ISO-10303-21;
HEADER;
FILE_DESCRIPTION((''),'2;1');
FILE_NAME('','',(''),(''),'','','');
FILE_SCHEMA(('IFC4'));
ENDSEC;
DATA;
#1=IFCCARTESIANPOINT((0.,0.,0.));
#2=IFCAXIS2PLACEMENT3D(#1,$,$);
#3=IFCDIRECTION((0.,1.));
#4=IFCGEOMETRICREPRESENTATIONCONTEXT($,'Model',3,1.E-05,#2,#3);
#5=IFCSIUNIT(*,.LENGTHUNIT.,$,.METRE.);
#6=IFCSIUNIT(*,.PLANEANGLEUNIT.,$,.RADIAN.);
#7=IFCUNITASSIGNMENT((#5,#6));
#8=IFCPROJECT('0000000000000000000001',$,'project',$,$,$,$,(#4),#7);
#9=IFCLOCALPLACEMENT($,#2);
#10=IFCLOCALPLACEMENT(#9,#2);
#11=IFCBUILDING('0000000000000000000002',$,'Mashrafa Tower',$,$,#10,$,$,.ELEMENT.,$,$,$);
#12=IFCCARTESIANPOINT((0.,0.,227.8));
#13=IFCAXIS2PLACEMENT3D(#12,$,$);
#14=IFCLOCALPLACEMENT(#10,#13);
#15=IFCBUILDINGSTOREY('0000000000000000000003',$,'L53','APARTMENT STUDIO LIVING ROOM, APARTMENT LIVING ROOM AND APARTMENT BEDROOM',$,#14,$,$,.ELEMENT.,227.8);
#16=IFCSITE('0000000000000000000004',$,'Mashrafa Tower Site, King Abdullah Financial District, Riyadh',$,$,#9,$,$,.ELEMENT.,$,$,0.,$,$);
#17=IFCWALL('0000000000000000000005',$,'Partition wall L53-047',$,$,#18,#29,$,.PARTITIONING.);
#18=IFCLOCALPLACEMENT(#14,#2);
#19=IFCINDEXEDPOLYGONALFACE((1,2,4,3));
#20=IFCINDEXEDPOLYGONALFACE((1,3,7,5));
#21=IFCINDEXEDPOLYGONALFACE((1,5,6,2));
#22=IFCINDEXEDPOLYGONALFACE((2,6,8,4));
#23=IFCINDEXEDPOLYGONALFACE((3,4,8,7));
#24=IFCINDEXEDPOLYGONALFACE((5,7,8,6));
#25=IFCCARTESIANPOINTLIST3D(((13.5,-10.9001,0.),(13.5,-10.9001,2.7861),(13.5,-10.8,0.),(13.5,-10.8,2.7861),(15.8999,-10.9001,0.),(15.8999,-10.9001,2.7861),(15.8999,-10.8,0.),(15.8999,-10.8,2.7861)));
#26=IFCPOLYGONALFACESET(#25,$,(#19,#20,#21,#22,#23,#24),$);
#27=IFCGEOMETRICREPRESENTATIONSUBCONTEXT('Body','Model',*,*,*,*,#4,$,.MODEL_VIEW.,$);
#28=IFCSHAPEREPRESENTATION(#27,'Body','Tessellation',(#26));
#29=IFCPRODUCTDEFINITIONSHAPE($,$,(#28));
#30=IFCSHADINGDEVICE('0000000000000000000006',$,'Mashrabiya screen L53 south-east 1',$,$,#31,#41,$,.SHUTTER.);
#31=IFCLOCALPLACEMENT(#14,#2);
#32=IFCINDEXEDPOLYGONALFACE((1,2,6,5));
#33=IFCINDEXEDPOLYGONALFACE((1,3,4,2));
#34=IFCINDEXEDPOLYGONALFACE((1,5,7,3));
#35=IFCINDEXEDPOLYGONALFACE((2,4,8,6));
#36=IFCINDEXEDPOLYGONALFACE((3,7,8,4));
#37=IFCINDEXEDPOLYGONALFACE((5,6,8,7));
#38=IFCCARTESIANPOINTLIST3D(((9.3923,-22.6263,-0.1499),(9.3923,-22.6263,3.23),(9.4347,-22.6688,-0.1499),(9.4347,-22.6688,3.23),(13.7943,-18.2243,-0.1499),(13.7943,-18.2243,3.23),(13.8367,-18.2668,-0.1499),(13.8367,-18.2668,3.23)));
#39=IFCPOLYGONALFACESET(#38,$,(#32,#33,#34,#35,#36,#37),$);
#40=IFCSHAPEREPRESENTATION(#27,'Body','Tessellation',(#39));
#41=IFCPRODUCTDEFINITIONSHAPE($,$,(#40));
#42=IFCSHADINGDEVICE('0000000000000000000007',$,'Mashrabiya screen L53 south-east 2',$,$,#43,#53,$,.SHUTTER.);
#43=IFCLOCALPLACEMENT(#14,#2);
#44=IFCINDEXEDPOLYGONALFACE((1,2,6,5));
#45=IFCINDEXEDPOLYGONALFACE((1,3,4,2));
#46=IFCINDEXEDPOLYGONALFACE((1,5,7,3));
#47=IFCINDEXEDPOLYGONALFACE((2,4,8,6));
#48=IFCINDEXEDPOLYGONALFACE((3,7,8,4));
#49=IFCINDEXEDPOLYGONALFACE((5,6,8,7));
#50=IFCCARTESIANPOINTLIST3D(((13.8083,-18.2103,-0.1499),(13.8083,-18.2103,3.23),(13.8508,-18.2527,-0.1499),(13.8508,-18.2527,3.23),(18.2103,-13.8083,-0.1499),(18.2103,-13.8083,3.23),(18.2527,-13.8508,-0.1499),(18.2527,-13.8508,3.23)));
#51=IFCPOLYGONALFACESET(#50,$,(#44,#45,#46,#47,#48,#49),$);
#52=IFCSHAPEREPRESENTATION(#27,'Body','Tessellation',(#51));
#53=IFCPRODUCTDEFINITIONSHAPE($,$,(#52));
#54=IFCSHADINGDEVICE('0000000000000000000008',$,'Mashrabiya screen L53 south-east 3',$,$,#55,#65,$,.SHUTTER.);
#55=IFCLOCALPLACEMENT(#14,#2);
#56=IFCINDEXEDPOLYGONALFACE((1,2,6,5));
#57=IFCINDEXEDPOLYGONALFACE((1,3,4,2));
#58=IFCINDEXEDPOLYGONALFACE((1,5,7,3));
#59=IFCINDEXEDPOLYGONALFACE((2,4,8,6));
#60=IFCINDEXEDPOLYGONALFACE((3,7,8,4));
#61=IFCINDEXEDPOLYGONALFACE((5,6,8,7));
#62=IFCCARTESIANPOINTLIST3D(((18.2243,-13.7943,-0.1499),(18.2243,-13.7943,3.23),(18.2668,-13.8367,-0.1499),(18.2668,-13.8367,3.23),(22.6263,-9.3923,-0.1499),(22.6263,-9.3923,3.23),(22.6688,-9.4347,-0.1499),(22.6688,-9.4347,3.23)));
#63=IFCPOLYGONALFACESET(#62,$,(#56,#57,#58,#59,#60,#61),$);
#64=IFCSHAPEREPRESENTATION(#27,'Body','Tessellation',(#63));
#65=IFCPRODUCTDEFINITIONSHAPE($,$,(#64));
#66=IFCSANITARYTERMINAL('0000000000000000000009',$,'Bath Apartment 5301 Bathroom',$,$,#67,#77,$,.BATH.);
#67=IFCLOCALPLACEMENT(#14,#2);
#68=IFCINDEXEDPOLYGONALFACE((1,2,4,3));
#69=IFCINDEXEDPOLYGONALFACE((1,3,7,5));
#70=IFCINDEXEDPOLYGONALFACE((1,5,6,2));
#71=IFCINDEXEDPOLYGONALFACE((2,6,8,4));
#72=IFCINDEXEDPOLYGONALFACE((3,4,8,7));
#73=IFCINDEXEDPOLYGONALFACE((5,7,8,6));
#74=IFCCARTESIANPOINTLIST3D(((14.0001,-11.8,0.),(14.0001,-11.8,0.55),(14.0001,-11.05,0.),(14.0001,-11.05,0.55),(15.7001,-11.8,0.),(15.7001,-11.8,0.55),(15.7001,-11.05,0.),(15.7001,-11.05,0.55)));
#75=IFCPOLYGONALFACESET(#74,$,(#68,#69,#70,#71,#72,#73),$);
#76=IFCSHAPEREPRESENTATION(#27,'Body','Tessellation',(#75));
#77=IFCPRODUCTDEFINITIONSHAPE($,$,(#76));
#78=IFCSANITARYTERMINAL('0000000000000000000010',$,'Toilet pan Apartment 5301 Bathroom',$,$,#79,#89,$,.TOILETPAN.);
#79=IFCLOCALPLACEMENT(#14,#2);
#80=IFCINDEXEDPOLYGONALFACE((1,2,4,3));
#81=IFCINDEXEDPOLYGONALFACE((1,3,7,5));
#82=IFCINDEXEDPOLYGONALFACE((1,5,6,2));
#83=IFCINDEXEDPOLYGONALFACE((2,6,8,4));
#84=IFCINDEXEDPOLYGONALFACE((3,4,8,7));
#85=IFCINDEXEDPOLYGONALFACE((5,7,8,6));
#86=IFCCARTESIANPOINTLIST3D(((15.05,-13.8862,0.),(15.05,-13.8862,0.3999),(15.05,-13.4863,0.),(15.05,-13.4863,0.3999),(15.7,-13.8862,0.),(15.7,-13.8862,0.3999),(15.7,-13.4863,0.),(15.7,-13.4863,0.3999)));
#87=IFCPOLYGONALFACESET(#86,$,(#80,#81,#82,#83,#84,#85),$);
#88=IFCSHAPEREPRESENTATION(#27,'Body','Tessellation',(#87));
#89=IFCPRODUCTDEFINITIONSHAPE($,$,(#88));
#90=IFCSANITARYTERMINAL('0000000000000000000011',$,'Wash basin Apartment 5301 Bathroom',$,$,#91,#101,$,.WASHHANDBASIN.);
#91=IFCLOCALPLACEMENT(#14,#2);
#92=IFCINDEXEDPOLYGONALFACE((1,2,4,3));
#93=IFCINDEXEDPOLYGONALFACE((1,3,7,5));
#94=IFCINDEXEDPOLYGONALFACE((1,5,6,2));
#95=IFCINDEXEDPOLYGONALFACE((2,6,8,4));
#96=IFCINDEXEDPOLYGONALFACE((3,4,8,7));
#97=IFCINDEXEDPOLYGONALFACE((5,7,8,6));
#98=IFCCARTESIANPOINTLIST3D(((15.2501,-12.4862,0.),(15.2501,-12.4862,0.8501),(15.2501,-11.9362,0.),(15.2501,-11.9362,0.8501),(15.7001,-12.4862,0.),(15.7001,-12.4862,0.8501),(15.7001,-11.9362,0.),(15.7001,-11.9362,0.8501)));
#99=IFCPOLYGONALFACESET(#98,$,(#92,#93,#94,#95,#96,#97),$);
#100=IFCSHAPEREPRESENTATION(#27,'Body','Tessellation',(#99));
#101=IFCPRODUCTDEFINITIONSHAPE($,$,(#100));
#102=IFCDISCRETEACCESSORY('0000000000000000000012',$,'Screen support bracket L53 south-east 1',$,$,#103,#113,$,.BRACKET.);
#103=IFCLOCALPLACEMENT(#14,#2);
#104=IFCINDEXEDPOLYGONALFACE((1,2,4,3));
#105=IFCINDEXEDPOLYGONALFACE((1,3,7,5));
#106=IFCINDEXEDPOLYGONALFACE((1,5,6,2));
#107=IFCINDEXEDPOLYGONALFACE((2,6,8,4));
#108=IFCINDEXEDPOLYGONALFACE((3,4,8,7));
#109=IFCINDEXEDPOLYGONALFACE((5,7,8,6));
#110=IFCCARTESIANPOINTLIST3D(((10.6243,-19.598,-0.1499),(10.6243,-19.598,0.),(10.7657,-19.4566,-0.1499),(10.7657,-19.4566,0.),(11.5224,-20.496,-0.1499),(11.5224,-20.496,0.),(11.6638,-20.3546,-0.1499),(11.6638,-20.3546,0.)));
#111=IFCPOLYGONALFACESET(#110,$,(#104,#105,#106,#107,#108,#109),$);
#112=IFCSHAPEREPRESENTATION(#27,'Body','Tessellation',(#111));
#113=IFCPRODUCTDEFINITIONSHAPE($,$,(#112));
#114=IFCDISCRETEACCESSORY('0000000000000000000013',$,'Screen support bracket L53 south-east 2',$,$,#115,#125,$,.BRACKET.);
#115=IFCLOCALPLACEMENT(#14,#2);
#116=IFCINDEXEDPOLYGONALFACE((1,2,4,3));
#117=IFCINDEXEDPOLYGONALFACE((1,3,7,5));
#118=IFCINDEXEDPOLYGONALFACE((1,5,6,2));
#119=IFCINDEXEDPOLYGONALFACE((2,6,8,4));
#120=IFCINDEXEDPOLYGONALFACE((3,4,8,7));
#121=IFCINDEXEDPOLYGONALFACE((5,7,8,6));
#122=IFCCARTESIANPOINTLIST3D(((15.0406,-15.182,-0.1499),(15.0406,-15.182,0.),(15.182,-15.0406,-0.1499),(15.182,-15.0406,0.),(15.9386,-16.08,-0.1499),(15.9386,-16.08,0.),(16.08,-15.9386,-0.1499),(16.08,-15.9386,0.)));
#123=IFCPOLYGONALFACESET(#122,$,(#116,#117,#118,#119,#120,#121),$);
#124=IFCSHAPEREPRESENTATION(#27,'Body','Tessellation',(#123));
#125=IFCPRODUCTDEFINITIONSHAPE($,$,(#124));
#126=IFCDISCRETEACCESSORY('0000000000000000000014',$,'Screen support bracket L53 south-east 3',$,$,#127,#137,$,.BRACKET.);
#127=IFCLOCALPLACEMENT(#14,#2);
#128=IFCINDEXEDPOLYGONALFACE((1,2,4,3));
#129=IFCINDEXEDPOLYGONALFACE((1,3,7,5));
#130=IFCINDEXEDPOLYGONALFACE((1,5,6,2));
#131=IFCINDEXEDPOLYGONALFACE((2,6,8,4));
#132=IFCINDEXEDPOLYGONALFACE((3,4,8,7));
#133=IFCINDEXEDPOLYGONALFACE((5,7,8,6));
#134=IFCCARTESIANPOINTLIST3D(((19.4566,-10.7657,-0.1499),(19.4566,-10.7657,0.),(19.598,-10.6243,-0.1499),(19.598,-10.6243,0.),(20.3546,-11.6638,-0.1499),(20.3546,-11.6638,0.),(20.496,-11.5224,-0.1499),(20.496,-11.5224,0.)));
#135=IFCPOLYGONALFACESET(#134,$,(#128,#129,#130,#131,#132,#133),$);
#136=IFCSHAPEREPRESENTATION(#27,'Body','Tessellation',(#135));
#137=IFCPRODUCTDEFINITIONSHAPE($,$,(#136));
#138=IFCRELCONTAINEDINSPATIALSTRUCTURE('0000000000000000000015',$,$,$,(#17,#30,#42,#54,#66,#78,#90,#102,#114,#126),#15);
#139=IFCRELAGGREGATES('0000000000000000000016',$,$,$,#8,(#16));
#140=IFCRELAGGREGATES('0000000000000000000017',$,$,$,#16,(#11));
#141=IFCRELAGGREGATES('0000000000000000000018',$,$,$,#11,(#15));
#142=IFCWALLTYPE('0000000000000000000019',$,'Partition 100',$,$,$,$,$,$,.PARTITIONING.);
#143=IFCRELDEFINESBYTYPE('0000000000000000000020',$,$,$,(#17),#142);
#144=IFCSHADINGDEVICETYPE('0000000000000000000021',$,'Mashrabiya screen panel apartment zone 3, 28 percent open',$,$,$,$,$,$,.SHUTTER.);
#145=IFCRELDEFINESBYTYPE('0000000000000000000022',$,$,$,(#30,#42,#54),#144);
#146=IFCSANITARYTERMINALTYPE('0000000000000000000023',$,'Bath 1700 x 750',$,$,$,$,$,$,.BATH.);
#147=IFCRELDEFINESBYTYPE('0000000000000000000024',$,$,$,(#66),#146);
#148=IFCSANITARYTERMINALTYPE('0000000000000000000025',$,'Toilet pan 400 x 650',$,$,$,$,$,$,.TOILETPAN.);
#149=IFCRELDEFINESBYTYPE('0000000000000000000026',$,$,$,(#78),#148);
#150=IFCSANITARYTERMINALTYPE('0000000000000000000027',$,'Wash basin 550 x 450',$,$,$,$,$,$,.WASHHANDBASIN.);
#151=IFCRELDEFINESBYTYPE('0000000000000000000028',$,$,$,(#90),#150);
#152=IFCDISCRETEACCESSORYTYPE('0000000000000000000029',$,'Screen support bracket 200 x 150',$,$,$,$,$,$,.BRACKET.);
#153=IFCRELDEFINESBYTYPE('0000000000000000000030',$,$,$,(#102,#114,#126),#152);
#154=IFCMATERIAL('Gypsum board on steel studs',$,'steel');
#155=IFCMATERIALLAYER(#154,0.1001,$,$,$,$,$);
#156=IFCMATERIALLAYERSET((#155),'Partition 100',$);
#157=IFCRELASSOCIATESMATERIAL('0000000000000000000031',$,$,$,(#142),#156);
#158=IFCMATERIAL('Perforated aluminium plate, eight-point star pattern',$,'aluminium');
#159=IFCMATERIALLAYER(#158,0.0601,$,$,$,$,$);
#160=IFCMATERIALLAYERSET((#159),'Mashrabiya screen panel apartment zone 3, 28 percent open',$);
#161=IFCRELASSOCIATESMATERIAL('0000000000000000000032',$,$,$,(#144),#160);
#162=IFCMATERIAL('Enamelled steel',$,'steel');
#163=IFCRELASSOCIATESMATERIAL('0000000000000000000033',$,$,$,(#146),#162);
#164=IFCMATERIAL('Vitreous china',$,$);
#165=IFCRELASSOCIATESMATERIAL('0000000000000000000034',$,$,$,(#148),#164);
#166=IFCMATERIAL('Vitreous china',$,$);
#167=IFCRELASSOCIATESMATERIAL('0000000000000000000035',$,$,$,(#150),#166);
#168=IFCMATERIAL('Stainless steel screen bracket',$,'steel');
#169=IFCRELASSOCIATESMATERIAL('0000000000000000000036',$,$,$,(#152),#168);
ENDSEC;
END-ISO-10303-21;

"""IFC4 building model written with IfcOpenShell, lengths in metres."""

from ifc_helpers import new_model, si_unit, direction, frame, frame_2d, origin, origin_2d, place, context, subcontext, project, spatial, rectangle, extrude, source, transform, mapped, material, layer, layer_set, type_object, type_shapes, element, save


model = new_model("IFC4")

# Units and contexts
model_context = context("Model", 3, precision=1e-05, world=origin(), true_north=direction((0.0, 1.0)))
body_context = subcontext(model_context, "Body", "Model", "MODEL_VIEW")
ifc_project = project(units=[si_unit("LENGTHUNIT", "METRE"), si_unit("PLANEANGLEUNIT", "RADIAN")], contexts=[model_context])

# Site, building, storey
site_placement = place(None, origin())
site = spatial("IfcSite", under=ifc_project, at=site_placement, Name="Mashrafa Tower Site, King Abdullah Financial District, Riyadh", CompositionType="ELEMENT", RefElevation=0.0)
building_placement = place(site_placement, origin())
building = spatial("IfcBuilding", under=site, at=building_placement, Name="Mashrafa Tower", CompositionType="ELEMENT")
storey_placement = place(building_placement, frame((0.0, 0.0, 227.8)))
storey = spatial("IfcBuildingStorey", under=building, at=storey_placement, Name="L53", Description="APARTMENT STUDIO LIVING ROOM, APARTMENT LIVING ROOM AND APARTMENT BEDROOM", CompositionType="ELEMENT", Elevation=227.8)

# Shared definitions
ifc_material_1 = material(Name="Gypsum board on steel studs", Category="steel")
ifc_layer_1 = layer(ifc_material_1, 0.1001)
ifc_layer_set_1 = layer_set([ifc_layer_1], Name="Partition 100")
wall_type_1 = type_object("IfcWallType", Name="Partition 100", PredefinedType="PARTITIONING", material=ifc_layer_set_1)

# Wall
wall_1_placement = place(storey_placement, frame((15.8999, -10.8501, 0.0), z_axis=(0.0, 0.0, 1.0), x_axis=(-1.0, 0.0, 0.0)))
element("IfcWall", 1, at=wall_1_placement, inside=storey, type_object=wall_type_1, Name="Partition wall L53-047", PredefinedType="PARTITIONING", context=body_context, shape_type="SweptSolid", body=[
    extrude(rectangle(XDim=2.3999, YDim=0.1001, at=frame_2d((1.2, 0.0))), origin(), (0.0, 0.0, 1.0), 2.7861),
])

# Shading devices
ifc_material_2 = material(Name="Perforated aluminium plate, eight-point star pattern", Category="aluminium")
ifc_layer_2 = layer(ifc_material_2, 0.0601)
ifc_layer_set_2 = layer_set([ifc_layer_2], Name="Mashrabiya screen panel apartment zone 3, 28 percent open")
shading_device_type = type_object("IfcShadingDeviceType", Name="Mashrabiya screen panel apartment zone 3, 28 percent open", PredefinedType="SHUTTER", material=ifc_layer_set_2)
shared_shape_1 = source(origin(), body_context, "Body", "SweptSolid", [
    extrude(rectangle(XDim=6.2253, YDim=0.0601, at=origin_2d()), origin(), (0.0, 0.0, 1.0), 3.3799),
])
type_shapes(shading_device_type, [shared_shape_1])
for number, where, z_axis, x_axis, name in (
    (2, (11.6145, -20.4465, -0.1499), (0.0, 0.0, 1.0), (0.707107, 0.707107, 0.0), "Mashrabiya screen L53 south-east 1"),
    (3, (16.0305, -16.0305, -0.1499), (0.0, 0.0, 1.0), (0.707107, 0.707107, 0.0), "Mashrabiya screen L53 south-east 2"),
    (4, (20.4465, -11.6145, -0.1499), (0.0, 0.0, 1.0), (0.707107, 0.707107, 0.0), "Mashrabiya screen L53 south-east 3"),
):
    element("IfcShadingDevice", number, at=place(storey_placement, frame(where, z_axis=z_axis, x_axis=x_axis)), inside=storey, type_object=shading_device_type, Name=name, PredefinedType="SHUTTER", context=body_context, shape_type="MappedRepresentation", body=[
        mapped(shared_shape_1, transform((0.0, 0.0, 0.0))),
    ])

# Sanitary terminals
ifc_material_3 = material(Name="Enamelled steel", Category="steel")
sanitary_terminal_type_1 = type_object("IfcSanitaryTerminalType", Name="Bath 1700 x 750", PredefinedType="BATH", material=ifc_material_3)
sanitary_terminal_1_placement = place(storey_placement, frame((14.8501, -11.425, 0.0), z_axis=(0.0, 0.0, 1.0), x_axis=(-1.0, 0.0, 0.0)))
element("IfcSanitaryTerminal", 5, at=sanitary_terminal_1_placement, inside=storey, type_object=sanitary_terminal_type_1, Name="Bath Apartment 5301 Bathroom", PredefinedType="BATH", context=body_context, shape_type="SweptSolid", body=[
    extrude(rectangle(XDim=1.7, YDim=0.75, at=origin_2d()), origin(), (0.0, 0.0, 1.0), 0.55),
])
ifc_material_4 = material(Name="Vitreous china")
sanitary_terminal_type_2 = type_object("IfcSanitaryTerminalType", Name="Toilet pan 400 x 650", PredefinedType="TOILETPAN", material=ifc_material_4)
sanitary_terminal_2_placement = place(storey_placement, frame((15.375, -13.6863, 0.0), z_axis=(0.0, 0.0, 1.0), x_axis=(0.0, 1.0, 0.0)))
element("IfcSanitaryTerminal", 6, at=sanitary_terminal_2_placement, inside=storey, type_object=sanitary_terminal_type_2, Name="Toilet pan Apartment 5301 Bathroom", PredefinedType="TOILETPAN", context=body_context, shape_type="SweptSolid", body=[
    extrude(rectangle(XDim=0.3999, YDim=0.6499, at=origin_2d()), origin(), (0.0, 0.0, 1.0), 0.3999),
])
ifc_material_5 = material(Name="Vitreous china")
sanitary_terminal_type_3 = type_object("IfcSanitaryTerminalType", Name="Wash basin 550 x 450", PredefinedType="WASHHANDBASIN", material=ifc_material_5)
sanitary_terminal_3_placement = place(storey_placement, frame((15.4751, -12.2112, 0.0), z_axis=(0.0, 0.0, 1.0), x_axis=(0.0, 1.0, 0.0)))
element("IfcSanitaryTerminal", 7, at=sanitary_terminal_3_placement, inside=storey, type_object=sanitary_terminal_type_3, Name="Wash basin Apartment 5301 Bathroom", PredefinedType="WASHHANDBASIN", context=body_context, shape_type="SweptSolid", body=[
    extrude(rectangle(XDim=0.55, YDim=0.45, at=origin_2d()), origin(), (0.0, 0.0, 1.0), 0.8501),
])

# Discrete accessories
ifc_material_6 = material(Name="Stainless steel screen bracket", Category="steel")
discrete_accessory_type = type_object("IfcDiscreteAccessoryType", Name="Screen support bracket 200 x 150", PredefinedType="BRACKET", material=ifc_material_6)
shared_shape_2 = source(origin(), body_context, "Body", "SweptSolid", [
    extrude(rectangle(XDim=0.2, YDim=1.27, at=origin_2d()), origin(), (0.0, 0.0, 1.0), 0.1499),
])
type_shapes(discrete_accessory_type, [shared_shape_2])
for number, where, z_axis, x_axis, name in (
    (8, (11.144, -19.9763, -0.1499), (0.0, 0.0, 1.0), (0.707107, 0.707107, 0.0), "Screen support bracket L53 south-east 1"),
    (9, (15.5603, -15.5603, -0.1499), (0.0, 0.0, 1.0), (0.707107, 0.707107, 0.0), "Screen support bracket L53 south-east 2"),
    (10, (19.9763, -11.144, -0.1499), (0.0, 0.0, 1.0), (0.707107, 0.707107, 0.0), "Screen support bracket L53 south-east 3"),
):
    element("IfcDiscreteAccessory", number, at=place(storey_placement, frame(where, z_axis=z_axis, x_axis=x_axis)), inside=storey, type_object=discrete_accessory_type, Name=name, PredefinedType="BRACKET", context=body_context, shape_type="MappedRepresentation", body=[
        mapped(shared_shape_2, transform((0.0, 0.0, 0.0))),
    ])

save(model, "model.ifc")
